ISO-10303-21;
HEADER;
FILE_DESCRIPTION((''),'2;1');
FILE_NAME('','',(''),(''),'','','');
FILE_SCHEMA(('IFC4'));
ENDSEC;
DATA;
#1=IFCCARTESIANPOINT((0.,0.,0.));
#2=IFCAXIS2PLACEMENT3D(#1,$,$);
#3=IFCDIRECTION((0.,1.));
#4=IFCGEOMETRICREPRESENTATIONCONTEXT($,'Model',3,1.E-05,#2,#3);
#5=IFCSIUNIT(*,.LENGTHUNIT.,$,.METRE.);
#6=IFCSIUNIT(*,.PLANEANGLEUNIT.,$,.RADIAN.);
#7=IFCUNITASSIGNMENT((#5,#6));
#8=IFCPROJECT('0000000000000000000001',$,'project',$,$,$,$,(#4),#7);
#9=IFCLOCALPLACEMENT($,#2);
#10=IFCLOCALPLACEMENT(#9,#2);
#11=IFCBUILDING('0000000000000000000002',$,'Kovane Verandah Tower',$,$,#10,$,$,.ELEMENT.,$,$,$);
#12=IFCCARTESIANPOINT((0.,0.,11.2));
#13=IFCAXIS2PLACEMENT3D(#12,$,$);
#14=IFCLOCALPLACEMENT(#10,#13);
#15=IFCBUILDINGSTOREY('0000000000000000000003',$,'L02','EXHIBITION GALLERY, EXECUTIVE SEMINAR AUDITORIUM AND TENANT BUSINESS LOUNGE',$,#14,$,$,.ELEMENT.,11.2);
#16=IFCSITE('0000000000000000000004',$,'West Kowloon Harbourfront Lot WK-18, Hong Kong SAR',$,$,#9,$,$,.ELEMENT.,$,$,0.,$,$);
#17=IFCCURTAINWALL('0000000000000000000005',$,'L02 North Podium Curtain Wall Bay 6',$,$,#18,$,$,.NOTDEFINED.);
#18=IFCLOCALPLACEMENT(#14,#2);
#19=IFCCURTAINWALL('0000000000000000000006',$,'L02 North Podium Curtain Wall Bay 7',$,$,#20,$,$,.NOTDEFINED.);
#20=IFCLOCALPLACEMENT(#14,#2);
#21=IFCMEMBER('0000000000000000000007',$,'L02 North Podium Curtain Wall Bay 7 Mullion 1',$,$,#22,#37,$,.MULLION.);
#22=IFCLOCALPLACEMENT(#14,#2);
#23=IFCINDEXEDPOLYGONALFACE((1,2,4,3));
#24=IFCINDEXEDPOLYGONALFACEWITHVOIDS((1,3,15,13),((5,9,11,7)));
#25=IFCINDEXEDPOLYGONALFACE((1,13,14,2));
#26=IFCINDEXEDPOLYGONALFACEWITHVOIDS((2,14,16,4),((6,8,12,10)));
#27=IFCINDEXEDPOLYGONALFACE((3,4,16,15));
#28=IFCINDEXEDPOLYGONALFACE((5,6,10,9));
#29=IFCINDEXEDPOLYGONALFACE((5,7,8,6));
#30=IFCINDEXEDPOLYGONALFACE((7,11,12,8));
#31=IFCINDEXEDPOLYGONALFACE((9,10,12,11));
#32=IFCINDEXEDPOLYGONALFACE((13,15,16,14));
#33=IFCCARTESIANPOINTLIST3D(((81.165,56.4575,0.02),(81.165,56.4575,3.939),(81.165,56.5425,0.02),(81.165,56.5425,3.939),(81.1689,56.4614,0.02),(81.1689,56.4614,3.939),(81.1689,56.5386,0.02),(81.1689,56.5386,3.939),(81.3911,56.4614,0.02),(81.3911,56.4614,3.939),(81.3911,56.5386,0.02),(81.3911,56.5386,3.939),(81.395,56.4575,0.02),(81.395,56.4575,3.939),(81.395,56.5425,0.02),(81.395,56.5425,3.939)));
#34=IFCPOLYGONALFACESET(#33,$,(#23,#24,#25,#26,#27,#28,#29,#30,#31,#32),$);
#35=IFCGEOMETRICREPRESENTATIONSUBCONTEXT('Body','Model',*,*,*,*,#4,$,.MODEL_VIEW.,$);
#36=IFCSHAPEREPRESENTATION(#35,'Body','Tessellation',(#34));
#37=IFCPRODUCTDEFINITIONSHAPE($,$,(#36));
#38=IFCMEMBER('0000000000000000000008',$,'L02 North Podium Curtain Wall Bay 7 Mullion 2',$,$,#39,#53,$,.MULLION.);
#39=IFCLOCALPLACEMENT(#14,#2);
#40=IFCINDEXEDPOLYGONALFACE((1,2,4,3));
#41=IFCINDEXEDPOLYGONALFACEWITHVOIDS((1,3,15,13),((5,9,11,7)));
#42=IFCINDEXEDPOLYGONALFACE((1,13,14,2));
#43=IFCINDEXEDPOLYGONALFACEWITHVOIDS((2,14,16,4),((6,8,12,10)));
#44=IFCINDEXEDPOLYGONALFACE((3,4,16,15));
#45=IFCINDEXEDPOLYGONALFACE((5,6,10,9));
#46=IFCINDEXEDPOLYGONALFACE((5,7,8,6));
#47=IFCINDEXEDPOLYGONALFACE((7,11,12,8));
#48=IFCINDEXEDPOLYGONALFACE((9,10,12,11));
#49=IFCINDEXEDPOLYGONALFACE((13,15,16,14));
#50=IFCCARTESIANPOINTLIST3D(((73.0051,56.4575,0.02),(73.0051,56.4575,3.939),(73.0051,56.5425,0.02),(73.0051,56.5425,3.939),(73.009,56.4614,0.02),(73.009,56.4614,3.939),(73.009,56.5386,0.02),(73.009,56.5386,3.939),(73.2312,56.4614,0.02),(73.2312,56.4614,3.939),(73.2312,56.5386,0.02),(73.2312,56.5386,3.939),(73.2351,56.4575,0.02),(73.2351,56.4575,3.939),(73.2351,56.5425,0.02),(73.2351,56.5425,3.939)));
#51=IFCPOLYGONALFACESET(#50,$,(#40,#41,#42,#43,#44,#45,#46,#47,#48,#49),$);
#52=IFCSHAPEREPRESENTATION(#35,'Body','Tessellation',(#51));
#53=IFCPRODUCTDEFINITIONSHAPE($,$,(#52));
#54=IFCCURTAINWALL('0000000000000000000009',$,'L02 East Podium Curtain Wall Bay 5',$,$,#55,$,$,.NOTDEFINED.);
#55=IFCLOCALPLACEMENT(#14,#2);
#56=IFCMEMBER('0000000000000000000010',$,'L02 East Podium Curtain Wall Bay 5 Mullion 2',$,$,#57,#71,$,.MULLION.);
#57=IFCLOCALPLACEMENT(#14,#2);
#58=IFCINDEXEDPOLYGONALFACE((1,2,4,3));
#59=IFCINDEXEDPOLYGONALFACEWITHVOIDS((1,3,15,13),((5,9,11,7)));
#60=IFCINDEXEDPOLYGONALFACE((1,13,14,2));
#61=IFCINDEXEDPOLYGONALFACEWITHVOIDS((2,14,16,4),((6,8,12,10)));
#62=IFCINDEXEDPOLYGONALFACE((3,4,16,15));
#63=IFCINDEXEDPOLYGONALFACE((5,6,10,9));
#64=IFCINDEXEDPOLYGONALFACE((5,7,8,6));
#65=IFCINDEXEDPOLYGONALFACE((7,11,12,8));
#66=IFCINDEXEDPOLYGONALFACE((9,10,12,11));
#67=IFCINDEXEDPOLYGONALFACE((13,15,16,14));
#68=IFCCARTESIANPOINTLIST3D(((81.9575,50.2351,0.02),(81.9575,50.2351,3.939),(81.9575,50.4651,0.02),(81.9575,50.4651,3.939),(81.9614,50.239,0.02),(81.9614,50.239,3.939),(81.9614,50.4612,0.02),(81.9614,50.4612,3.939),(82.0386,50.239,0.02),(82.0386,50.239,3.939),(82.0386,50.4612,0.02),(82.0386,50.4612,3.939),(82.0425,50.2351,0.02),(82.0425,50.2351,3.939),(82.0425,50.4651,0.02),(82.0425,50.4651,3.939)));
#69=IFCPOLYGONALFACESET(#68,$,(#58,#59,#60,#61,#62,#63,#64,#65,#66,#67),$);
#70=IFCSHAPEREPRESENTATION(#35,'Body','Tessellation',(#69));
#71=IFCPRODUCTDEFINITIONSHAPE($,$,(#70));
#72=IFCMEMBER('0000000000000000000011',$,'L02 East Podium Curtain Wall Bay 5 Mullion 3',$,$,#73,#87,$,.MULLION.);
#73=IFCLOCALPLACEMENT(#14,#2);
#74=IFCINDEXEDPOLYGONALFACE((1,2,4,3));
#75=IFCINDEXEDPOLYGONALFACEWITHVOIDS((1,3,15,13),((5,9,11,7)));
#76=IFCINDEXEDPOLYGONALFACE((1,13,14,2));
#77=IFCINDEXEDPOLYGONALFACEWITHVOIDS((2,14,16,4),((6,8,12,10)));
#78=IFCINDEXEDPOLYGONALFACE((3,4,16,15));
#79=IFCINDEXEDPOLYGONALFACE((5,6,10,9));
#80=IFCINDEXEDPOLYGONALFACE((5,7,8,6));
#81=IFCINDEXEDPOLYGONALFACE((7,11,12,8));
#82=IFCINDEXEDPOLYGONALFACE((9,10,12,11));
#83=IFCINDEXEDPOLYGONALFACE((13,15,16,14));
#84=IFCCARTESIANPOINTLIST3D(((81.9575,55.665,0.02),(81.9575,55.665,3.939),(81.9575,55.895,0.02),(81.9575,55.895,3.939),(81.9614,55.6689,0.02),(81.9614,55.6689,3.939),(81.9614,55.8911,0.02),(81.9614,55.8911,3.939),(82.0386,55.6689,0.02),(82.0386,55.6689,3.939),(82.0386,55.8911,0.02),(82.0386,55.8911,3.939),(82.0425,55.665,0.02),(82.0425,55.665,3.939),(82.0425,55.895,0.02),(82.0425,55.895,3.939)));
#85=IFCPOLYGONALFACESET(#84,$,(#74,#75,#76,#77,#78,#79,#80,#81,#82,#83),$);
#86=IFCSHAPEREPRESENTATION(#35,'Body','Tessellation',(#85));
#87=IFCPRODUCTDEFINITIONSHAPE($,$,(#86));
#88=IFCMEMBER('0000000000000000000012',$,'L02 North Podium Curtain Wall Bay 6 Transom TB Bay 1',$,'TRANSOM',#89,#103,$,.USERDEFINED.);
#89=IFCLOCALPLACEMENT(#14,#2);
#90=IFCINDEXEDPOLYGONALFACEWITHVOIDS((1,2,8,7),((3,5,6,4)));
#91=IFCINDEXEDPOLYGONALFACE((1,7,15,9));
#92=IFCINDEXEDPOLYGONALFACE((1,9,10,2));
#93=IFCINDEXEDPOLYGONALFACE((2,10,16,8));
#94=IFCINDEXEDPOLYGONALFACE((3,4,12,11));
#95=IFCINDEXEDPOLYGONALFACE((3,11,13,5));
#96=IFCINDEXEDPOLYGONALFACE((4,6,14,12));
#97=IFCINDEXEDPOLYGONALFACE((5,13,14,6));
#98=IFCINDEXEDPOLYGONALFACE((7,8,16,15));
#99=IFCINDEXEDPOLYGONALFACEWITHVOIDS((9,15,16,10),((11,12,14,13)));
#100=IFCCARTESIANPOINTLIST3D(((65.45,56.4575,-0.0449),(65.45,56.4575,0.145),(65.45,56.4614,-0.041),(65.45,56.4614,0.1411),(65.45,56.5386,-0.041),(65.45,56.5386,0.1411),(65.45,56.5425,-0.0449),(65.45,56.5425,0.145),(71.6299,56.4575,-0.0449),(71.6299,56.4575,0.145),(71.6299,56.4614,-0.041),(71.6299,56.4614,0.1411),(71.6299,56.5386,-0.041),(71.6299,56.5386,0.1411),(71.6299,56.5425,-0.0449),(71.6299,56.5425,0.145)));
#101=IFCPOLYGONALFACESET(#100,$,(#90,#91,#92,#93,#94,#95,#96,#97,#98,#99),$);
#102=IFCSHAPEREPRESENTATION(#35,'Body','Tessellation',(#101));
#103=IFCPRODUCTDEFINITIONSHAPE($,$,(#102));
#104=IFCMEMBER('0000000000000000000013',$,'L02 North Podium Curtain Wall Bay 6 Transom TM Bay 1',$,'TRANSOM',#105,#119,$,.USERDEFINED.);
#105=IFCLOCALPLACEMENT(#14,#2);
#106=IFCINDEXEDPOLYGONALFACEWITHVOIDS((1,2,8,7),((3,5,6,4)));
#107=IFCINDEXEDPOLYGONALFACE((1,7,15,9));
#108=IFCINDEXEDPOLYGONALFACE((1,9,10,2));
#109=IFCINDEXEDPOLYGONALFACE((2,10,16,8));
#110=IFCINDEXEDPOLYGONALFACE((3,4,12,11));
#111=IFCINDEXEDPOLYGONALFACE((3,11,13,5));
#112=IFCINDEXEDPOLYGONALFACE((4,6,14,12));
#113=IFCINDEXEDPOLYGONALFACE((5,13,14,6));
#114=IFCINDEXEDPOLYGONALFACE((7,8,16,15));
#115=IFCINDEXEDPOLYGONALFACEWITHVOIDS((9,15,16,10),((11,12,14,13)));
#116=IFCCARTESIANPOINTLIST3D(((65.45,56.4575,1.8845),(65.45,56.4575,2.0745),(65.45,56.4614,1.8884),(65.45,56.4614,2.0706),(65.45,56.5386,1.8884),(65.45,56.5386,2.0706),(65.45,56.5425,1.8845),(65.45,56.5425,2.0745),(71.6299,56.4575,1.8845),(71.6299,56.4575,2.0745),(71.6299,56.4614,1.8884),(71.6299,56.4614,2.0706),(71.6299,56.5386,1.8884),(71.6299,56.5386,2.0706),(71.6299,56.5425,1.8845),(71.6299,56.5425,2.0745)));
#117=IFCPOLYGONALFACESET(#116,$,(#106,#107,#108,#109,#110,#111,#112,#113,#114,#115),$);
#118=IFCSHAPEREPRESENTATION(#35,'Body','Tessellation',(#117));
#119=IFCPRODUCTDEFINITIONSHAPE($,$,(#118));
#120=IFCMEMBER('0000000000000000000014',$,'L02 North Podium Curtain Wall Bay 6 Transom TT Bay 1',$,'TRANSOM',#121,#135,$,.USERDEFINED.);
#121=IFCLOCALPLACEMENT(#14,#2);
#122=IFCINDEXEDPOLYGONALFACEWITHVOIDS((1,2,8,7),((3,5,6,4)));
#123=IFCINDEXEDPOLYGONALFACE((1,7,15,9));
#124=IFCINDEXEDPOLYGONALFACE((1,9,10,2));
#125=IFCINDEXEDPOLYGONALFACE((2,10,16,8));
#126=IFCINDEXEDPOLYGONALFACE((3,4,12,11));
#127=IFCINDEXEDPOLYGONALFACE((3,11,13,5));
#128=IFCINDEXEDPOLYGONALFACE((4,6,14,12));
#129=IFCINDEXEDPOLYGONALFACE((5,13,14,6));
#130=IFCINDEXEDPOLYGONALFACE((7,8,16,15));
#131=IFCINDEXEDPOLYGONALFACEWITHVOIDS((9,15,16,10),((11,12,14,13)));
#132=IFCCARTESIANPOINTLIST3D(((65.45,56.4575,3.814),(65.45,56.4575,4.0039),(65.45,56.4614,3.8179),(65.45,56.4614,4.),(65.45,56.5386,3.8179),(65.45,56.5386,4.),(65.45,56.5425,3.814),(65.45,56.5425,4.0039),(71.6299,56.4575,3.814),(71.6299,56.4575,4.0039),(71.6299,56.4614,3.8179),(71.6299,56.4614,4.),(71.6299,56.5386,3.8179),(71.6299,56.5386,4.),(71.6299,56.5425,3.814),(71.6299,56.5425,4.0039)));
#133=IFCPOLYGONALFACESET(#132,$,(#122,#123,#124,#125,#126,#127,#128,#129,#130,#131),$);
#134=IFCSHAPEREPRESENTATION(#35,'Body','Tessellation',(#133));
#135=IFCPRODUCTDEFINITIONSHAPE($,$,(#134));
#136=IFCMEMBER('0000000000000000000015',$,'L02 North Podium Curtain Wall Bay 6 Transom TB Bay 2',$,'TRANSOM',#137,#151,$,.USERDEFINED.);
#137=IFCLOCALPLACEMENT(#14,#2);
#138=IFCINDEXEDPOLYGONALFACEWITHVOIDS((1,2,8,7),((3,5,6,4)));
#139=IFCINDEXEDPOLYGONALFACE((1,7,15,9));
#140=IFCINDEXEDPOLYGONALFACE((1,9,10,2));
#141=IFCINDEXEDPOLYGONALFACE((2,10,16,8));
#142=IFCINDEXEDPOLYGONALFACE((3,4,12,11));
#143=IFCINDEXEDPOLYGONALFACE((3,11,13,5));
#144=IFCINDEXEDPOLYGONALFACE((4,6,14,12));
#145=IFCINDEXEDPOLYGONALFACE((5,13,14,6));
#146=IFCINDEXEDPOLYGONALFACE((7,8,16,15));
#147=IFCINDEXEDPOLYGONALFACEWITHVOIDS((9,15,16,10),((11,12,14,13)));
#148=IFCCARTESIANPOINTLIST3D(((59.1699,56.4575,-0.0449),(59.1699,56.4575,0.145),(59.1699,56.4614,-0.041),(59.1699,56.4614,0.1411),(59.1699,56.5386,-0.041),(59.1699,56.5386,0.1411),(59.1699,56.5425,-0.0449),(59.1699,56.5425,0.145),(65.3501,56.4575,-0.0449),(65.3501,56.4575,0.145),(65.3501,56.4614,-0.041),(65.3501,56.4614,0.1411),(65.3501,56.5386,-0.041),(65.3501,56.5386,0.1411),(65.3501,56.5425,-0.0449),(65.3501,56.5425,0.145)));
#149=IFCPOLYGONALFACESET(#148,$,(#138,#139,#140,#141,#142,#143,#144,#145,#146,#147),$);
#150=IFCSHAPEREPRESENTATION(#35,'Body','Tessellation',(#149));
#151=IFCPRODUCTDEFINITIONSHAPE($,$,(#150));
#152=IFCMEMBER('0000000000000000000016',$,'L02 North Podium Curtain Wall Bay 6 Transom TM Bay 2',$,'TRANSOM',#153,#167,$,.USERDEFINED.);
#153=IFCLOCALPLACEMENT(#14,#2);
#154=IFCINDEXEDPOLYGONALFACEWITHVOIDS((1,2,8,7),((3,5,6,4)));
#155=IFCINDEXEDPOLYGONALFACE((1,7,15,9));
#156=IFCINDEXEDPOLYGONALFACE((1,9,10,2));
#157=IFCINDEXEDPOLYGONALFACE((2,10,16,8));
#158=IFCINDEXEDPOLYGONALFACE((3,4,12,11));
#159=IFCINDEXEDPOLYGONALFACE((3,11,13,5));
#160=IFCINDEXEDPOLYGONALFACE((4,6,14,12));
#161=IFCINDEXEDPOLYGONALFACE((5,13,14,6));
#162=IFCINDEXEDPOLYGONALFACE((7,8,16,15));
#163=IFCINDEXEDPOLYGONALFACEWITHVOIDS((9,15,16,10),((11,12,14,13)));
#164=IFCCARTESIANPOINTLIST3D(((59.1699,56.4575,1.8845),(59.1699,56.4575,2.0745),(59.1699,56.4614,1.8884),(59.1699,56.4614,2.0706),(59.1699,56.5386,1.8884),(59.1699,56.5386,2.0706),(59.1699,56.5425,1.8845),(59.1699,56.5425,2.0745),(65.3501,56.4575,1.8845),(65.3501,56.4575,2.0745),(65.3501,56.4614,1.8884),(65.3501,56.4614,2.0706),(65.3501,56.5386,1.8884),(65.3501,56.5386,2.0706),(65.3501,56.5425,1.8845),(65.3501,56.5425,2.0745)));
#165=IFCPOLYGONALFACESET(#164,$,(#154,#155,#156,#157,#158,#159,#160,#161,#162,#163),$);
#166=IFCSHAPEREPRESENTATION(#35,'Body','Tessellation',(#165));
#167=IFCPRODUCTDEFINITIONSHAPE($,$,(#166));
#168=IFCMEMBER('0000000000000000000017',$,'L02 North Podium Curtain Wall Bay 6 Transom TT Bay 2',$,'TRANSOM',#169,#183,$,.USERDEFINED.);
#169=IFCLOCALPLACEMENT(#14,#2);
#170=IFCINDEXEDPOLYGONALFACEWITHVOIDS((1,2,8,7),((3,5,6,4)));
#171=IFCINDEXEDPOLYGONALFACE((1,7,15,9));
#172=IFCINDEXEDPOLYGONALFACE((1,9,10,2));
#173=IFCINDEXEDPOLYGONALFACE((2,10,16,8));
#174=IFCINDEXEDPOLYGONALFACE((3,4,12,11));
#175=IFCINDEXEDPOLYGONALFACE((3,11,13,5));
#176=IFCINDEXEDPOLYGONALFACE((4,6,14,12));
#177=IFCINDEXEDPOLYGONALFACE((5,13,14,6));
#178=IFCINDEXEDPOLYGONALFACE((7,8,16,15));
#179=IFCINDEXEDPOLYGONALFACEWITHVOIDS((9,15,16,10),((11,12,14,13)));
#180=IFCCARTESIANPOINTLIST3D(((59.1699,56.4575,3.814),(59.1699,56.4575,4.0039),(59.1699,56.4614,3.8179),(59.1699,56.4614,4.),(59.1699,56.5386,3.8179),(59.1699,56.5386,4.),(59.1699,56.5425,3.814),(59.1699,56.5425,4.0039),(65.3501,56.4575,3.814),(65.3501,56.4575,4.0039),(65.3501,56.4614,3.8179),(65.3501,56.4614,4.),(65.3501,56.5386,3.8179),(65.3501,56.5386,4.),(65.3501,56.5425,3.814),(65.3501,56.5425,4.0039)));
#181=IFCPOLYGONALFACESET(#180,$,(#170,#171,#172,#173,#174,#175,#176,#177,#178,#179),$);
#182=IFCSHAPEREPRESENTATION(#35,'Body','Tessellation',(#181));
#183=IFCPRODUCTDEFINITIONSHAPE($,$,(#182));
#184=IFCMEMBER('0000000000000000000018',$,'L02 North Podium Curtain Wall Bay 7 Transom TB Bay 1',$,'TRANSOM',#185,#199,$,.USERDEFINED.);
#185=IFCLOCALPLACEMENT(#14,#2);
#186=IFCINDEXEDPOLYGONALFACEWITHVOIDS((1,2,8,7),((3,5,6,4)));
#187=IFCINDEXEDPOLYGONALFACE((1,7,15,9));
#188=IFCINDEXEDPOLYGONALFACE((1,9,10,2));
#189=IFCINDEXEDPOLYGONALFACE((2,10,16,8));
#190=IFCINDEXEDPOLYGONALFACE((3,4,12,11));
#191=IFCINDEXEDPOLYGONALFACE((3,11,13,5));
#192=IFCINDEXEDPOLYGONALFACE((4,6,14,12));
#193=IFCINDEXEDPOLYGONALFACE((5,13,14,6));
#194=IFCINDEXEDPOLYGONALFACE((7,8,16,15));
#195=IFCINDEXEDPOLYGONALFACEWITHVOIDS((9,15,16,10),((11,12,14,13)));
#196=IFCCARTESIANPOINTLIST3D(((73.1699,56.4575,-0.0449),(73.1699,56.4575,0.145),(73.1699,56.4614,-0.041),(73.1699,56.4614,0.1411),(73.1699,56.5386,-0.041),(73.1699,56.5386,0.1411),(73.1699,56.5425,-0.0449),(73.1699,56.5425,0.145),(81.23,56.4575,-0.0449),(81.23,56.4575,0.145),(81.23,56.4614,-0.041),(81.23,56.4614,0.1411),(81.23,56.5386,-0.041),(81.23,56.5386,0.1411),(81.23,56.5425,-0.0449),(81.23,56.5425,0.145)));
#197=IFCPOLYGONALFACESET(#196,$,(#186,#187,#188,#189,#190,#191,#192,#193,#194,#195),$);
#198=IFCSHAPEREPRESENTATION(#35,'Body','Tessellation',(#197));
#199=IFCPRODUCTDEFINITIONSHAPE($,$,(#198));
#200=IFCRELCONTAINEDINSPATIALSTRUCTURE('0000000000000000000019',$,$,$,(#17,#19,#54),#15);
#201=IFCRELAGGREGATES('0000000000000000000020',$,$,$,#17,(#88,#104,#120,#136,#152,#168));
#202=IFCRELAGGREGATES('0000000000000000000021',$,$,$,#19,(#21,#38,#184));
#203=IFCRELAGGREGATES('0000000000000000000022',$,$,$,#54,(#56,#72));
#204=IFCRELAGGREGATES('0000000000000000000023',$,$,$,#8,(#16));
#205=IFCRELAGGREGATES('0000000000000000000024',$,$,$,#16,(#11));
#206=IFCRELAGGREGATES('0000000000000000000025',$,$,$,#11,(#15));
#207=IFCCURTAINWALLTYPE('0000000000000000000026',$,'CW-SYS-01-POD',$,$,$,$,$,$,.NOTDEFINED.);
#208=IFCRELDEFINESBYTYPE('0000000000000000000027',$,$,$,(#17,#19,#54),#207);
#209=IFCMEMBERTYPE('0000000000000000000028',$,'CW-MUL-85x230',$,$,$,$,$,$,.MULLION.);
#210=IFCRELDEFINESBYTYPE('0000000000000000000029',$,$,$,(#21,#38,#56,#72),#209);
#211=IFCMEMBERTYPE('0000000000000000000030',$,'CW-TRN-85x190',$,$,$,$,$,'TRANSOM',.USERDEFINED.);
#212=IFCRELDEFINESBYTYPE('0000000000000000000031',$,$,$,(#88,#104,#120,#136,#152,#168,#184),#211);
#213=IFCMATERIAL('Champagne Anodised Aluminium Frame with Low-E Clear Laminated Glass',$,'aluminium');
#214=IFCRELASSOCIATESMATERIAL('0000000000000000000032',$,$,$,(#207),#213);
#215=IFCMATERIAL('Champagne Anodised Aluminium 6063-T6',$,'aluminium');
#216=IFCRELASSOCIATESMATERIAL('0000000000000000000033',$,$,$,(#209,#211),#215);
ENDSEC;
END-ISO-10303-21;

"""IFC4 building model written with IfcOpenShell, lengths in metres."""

from ifc_helpers import new_model, si_unit, direction, frame, origin, origin_2d, place, context, subcontext, project, spatial, hollow_rectangle, extrude, material, material_profile, profile_set, type_object, element, aggregate, save


model = new_model("IFC4")

# Units and contexts
model_context = context("Model", 3, precision=1e-05, world=origin(), true_north=direction((0.0, 1.0)))
body_context = subcontext(model_context, "Body", "Model", "MODEL_VIEW")
ifc_project = project(units=[si_unit("LENGTHUNIT", "METRE"), si_unit("PLANEANGLEUNIT", "RADIAN")], contexts=[model_context])

# Site, building, storey
site_placement = place(None, origin())
site = spatial("IfcSite", under=ifc_project, at=site_placement, Name="West Kowloon Harbourfront Lot WK-18, Hong Kong SAR", CompositionType="ELEMENT", RefElevation=0.0)
building_placement = place(site_placement, origin())
building = spatial("IfcBuilding", under=site, at=building_placement, Name="Kovane Verandah Tower", CompositionType="ELEMENT")
storey_placement = place(building_placement, frame((0.0, 0.0, 11.2)))
storey = spatial("IfcBuildingStorey", under=building, at=storey_placement, Name="L02", Description="EXHIBITION GALLERY, EXECUTIVE SEMINAR AUDITORIUM AND TENANT BUSINESS LOUNGE", CompositionType="ELEMENT", Elevation=11.2)

# Curtain walls, members
ifc_material_1 = material(Name="Champagne Anodised Aluminium Frame with Low-E Clear Laminated Glass", Category="aluminium")
curtain_wall_type = type_object("IfcCurtainWallType", Name="CW-SYS-01-POD", PredefinedType="NOTDEFINED", material=ifc_material_1)
curtain_wall_1_placement = place(storey_placement, origin())
curtain_wall_1 = element("IfcCurtainWall", 1, at=curtain_wall_1_placement, inside=storey, type_object=curtain_wall_type, Name="L02 North Podium Curtain Wall Bay 6", PredefinedType="NOTDEFINED")
ifc_material_2 = material(Name="Champagne Anodised Aluminium 6063-T6", Category="aluminium")
ifc_material_profile_1 = material_profile(ifc_material_2, hollow_rectangle(XDim=0.085, YDim=0.23, WallThickness=0.0039, at=origin_2d()), Name="AL85x230x4")
ifc_profile_set_1 = profile_set([ifc_material_profile_1], Name="Champagne Anodised Aluminium 6063-T6")
member_type_1 = type_object("IfcMemberType", Name="CW-MUL-85x230", PredefinedType="MULLION", material=ifc_profile_set_1)
curtain_wall_2_placement = place(storey_placement, origin())
curtain_wall_2 = element("IfcCurtainWall", 2, at=curtain_wall_2_placement, inside=storey, type_object=curtain_wall_type, Name="L02 North Podium Curtain Wall Bay 7", PredefinedType="NOTDEFINED")
member_1_placement = place(storey_placement, frame((81.28, 56.5, 0.02), z_axis=(0.0, 0.0, 1.0), x_axis=(0.0, 1.0, 0.0)))
member_1 = element("IfcMember", 3, at=member_1_placement, type_object=member_type_1, Name="L02 North Podium Curtain Wall Bay 7 Mullion 1", PredefinedType="MULLION", context=body_context, shape_type="SweptSolid", body=[
    extrude(hollow_rectangle(XDim=0.085, YDim=0.23, WallThickness=0.0039, at=origin_2d()), origin(), (0.0, 0.0, 1.0), 3.9189),
])
member_2_placement = place(storey_placement, frame((73.1201, 56.5, 0.02), z_axis=(0.0, 0.0, 1.0), x_axis=(0.0, 1.0, 0.0)))
member_2 = element("IfcMember", 4, at=member_2_placement, type_object=member_type_1, Name="L02 North Podium Curtain Wall Bay 7 Mullion 2", PredefinedType="MULLION", context=body_context, shape_type="SweptSolid", body=[
    extrude(hollow_rectangle(XDim=0.085, YDim=0.23, WallThickness=0.0039, at=origin_2d()), origin(), (0.0, 0.0, 1.0), 3.9189),
])
curtain_wall_3_placement = place(storey_placement, origin())
curtain_wall_3 = element("IfcCurtainWall", 5, at=curtain_wall_3_placement, inside=storey, type_object=curtain_wall_type, Name="L02 East Podium Curtain Wall Bay 5", PredefinedType="NOTDEFINED")
member_3_placement = place(storey_placement, frame((82.0, 50.3501, 0.02), z_axis=(0.0, 0.0, 1.0), x_axis=(1.0, 0.0, 0.0)))
member_3 = element("IfcMember", 6, at=member_3_placement, type_object=member_type_1, Name="L02 East Podium Curtain Wall Bay 5 Mullion 2", PredefinedType="MULLION", context=body_context, shape_type="SweptSolid", body=[
    extrude(hollow_rectangle(XDim=0.085, YDim=0.23, WallThickness=0.0039, at=origin_2d()), origin(), (0.0, 0.0, 1.0), 3.9189),
])
member_4_placement = place(storey_placement, frame((82.0, 55.78, 0.02), z_axis=(0.0, 0.0, 1.0), x_axis=(1.0, 0.0, 0.0)))
member_4 = element("IfcMember", 7, at=member_4_placement, type_object=member_type_1, Name="L02 East Podium Curtain Wall Bay 5 Mullion 3", PredefinedType="MULLION", context=body_context, shape_type="SweptSolid", body=[
    extrude(hollow_rectangle(XDim=0.085, YDim=0.23, WallThickness=0.0039, at=origin_2d()), origin(), (0.0, 0.0, 1.0), 3.9189),
])

# Members
ifc_material_profile_2 = material_profile(ifc_material_2, hollow_rectangle(XDim=0.085, YDim=0.1899, WallThickness=0.0039, at=origin_2d()), Name="AL85x190x4")
ifc_profile_set_2 = profile_set([ifc_material_profile_2], Name="Champagne Anodised Aluminium 6063-T6")
member_type_2 = type_object("IfcMemberType", Name="CW-TRN-85x190", ElementType="TRANSOM", PredefinedType="USERDEFINED", material=ifc_profile_set_2)
member_5_placement = place(storey_placement, frame((71.6299, 56.5, 0.05), z_axis=(-1.0, 0.0, 0.0), x_axis=(0.0, -1.0, 0.0)))
member_5 = element("IfcMember", 8, at=member_5_placement, type_object=member_type_2, Name="L02 North Podium Curtain Wall Bay 6 Transom TB Bay 1", ObjectType="TRANSOM", PredefinedType="USERDEFINED", context=body_context, shape_type="SweptSolid", body=[
    extrude(hollow_rectangle(XDim=0.085, YDim=0.1899, WallThickness=0.0039, at=origin_2d()), origin(), (0.0, 0.0, 1.0), 6.1799),
])
member_6_placement = place(storey_placement, frame((71.6299, 56.5, 1.9795), z_axis=(-1.0, 0.0, 0.0), x_axis=(0.0, -1.0, 0.0)))
member_6 = element("IfcMember", 9, at=member_6_placement, type_object=member_type_2, Name="L02 North Podium Curtain Wall Bay 6 Transom TM Bay 1", ObjectType="TRANSOM", PredefinedType="USERDEFINED", context=body_context, shape_type="SweptSolid", body=[
    extrude(hollow_rectangle(XDim=0.085, YDim=0.1899, WallThickness=0.0039, at=origin_2d()), origin(), (0.0, 0.0, 1.0), 6.1799),
])
member_7_placement = place(storey_placement, frame((71.6299, 56.5, 3.9089), z_axis=(-1.0, 0.0, 0.0), x_axis=(0.0, -1.0, 0.0)))
member_7 = element("IfcMember", 10, at=member_7_placement, type_object=member_type_2, Name="L02 North Podium Curtain Wall Bay 6 Transom TT Bay 1", ObjectType="TRANSOM", PredefinedType="USERDEFINED", context=body_context, shape_type="SweptSolid", body=[
    extrude(hollow_rectangle(XDim=0.085, YDim=0.1899, WallThickness=0.0039, at=origin_2d()), origin(), (0.0, 0.0, 1.0), 6.1799),
])
member_8_placement = place(storey_placement, frame((65.3501, 56.5, 0.05), z_axis=(-1.0, 0.0, 0.0), x_axis=(0.0, -1.0, 0.0)))
member_8 = element("IfcMember", 11, at=member_8_placement, type_object=member_type_2, Name="L02 North Podium Curtain Wall Bay 6 Transom TB Bay 2", ObjectType="TRANSOM", PredefinedType="USERDEFINED", context=body_context, shape_type="SweptSolid", body=[
    extrude(hollow_rectangle(XDim=0.085, YDim=0.1899, WallThickness=0.0039, at=origin_2d()), origin(), (0.0, 0.0, 1.0), 6.1802),
])
member_9_placement = place(storey_placement, frame((65.3501, 56.5, 1.9795), z_axis=(-1.0, 0.0, 0.0), x_axis=(0.0, -1.0, 0.0)))
member_9 = element("IfcMember", 12, at=member_9_placement, type_object=member_type_2, Name="L02 North Podium Curtain Wall Bay 6 Transom TM Bay 2", ObjectType="TRANSOM", PredefinedType="USERDEFINED", context=body_context, shape_type="SweptSolid", body=[
    extrude(hollow_rectangle(XDim=0.085, YDim=0.1899, WallThickness=0.0039, at=origin_2d()), origin(), (0.0, 0.0, 1.0), 6.1802),
])
member_10_placement = place(storey_placement, frame((65.3501, 56.5, 3.9089), z_axis=(-1.0, 0.0, 0.0), x_axis=(0.0, -1.0, 0.0)))
member_10 = element("IfcMember", 13, at=member_10_placement, type_object=member_type_2, Name="L02 North Podium Curtain Wall Bay 6 Transom TT Bay 2", ObjectType="TRANSOM", PredefinedType="USERDEFINED", context=body_context, shape_type="SweptSolid", body=[
    extrude(hollow_rectangle(XDim=0.085, YDim=0.1899, WallThickness=0.0039, at=origin_2d()), origin(), (0.0, 0.0, 1.0), 6.1802),
])
member_11_placement = place(storey_placement, frame((81.23, 56.5, 0.05), z_axis=(-1.0, 0.0, 0.0), x_axis=(0.0, -1.0, 0.0)))
member_11 = element("IfcMember", 14, at=member_11_placement, type_object=member_type_2, Name="L02 North Podium Curtain Wall Bay 7 Transom TB Bay 1", ObjectType="TRANSOM", PredefinedType="USERDEFINED", context=body_context, shape_type="SweptSolid", body=[
    extrude(hollow_rectangle(XDim=0.085, YDim=0.1899, WallThickness=0.0039, at=origin_2d()), origin(), (0.0, 0.0, 1.0), 8.0601),
])

aggregate(curtain_wall_1, [member_5, member_6, member_7, member_8, member_9, member_10])
aggregate(curtain_wall_2, [member_1, member_2, member_11])
aggregate(curtain_wall_3, [member_3, member_4])

save(model, "model.ifc")
